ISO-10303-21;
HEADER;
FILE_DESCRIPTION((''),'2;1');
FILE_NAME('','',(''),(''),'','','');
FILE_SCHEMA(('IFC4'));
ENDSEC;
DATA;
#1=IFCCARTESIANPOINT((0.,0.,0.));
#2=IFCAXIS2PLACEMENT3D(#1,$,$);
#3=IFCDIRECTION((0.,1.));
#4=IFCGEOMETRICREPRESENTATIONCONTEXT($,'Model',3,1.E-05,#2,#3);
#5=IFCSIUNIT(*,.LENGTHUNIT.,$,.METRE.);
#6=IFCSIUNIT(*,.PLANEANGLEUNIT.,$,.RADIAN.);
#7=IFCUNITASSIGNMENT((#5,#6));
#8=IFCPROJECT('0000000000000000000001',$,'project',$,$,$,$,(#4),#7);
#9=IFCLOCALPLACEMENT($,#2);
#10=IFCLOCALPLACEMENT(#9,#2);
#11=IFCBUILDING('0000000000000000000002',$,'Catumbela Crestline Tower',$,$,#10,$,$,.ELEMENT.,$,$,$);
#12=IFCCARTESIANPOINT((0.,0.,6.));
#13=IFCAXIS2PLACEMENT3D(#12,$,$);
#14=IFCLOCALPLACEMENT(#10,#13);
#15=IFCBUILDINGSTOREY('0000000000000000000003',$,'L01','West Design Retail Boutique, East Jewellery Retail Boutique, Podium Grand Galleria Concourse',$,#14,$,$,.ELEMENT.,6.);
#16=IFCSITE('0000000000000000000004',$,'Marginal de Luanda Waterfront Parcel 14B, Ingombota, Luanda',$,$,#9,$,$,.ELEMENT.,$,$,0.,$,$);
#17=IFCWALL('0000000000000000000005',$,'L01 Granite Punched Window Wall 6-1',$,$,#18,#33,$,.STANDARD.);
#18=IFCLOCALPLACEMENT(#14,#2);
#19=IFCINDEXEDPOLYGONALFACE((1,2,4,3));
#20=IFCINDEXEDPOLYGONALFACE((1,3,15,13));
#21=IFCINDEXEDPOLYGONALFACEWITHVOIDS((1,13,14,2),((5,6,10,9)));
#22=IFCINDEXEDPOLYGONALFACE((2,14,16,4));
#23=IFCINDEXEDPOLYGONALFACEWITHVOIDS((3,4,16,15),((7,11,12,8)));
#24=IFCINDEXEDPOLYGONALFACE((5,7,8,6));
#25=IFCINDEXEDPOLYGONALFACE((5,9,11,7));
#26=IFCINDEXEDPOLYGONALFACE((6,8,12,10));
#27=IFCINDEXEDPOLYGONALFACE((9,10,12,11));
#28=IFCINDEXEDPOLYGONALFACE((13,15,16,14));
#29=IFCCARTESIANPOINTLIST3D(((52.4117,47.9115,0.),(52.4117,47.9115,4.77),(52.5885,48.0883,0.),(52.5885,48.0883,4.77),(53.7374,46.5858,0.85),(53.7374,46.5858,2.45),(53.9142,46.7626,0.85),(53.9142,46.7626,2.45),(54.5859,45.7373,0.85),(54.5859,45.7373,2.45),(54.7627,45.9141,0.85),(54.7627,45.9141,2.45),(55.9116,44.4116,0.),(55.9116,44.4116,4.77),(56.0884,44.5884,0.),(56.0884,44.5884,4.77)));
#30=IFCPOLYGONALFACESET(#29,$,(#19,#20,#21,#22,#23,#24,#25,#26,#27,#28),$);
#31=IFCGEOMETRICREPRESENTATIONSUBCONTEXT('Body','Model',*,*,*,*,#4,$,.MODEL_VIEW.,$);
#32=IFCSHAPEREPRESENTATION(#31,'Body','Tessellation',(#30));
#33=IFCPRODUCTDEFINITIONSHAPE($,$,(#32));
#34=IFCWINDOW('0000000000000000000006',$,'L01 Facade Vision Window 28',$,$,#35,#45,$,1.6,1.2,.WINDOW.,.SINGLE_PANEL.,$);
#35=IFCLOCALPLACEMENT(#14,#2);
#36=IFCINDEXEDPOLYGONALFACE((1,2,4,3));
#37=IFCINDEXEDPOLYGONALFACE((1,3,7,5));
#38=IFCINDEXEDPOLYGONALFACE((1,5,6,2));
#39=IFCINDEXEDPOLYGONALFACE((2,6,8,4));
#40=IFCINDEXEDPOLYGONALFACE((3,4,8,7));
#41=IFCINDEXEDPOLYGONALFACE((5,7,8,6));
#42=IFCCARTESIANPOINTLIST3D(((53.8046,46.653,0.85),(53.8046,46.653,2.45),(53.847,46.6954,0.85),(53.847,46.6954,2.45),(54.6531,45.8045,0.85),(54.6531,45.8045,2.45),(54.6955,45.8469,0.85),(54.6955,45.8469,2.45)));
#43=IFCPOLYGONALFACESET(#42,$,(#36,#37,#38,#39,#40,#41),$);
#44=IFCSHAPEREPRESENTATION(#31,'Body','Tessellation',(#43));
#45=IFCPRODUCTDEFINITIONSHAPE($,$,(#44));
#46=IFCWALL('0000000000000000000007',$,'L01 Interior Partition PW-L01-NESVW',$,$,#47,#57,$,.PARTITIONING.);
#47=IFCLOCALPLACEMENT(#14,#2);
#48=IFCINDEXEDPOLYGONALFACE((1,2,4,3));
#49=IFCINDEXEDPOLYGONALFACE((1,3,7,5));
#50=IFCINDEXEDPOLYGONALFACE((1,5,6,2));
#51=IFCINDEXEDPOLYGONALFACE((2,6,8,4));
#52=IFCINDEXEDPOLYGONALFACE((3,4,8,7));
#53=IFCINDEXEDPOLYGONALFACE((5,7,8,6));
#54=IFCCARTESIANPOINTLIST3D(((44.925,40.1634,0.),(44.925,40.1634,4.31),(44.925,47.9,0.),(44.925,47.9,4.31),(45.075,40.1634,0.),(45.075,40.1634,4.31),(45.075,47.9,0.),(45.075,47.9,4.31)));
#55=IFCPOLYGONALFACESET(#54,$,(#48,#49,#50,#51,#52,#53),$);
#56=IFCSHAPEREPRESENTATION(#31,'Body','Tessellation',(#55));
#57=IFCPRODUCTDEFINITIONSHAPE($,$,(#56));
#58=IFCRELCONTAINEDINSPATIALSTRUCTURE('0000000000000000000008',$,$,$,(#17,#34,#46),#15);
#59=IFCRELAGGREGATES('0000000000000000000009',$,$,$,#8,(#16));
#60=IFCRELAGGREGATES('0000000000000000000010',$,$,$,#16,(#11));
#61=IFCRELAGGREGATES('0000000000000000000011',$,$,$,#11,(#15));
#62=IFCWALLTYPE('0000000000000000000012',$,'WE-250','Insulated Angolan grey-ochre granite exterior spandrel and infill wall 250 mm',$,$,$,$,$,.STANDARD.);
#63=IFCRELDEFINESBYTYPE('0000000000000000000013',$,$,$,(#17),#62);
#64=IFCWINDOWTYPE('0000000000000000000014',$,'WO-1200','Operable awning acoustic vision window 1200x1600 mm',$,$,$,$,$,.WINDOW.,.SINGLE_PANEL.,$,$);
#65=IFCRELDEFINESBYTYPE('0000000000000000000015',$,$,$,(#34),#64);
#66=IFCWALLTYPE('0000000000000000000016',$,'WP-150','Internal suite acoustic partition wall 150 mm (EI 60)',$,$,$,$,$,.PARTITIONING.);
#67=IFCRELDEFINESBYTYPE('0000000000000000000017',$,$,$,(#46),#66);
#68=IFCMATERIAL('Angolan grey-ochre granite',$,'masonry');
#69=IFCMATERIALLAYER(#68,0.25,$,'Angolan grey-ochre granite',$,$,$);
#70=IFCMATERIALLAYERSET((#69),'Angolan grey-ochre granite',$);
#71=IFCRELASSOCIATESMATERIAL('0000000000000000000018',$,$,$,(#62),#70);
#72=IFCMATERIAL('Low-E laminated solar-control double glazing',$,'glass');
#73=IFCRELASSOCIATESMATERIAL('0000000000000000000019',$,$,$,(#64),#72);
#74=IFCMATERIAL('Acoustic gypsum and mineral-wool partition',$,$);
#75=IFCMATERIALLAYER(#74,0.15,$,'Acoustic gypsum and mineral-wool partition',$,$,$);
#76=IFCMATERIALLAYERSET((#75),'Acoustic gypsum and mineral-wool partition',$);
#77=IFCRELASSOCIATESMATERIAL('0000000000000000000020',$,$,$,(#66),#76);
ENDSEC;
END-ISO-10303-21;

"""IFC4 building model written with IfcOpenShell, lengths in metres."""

from ifc_helpers import new_model, si_unit, direction, frame, frame_2d, origin, place, context, subcontext, project, spatial, rectangle, extrude, material, layer, layer_set, type_object, element, fill, save


model = new_model("IFC4")

# Units and contexts
model_context = context("Model", 3, precision=1e-05, world=origin(), true_north=direction((0.0, 1.0)))
body_context = subcontext(model_context, "Body", "Model", "MODEL_VIEW")
ifc_project = project(units=[si_unit("LENGTHUNIT", "METRE"), si_unit("PLANEANGLEUNIT", "RADIAN")], contexts=[model_context])

# Site, building, storey
site_placement = place(None, origin())
site = spatial("IfcSite", under=ifc_project, at=site_placement, Name="Marginal de Luanda Waterfront Parcel 14B, Ingombota, Luanda", CompositionType="ELEMENT", RefElevation=0.0)
building_placement = place(site_placement, origin())
building = spatial("IfcBuilding", under=site, at=building_placement, Name="Catumbela Crestline Tower", CompositionType="ELEMENT")
storey_placement = place(building_placement, frame((0.0, 0.0, 6.0)))
storey = spatial("IfcBuildingStorey", under=building, at=storey_placement, Name="L01", Description="West Design Retail Boutique, East Jewellery Retail Boutique, Podium Grand Galleria Concourse", CompositionType="ELEMENT", Elevation=6.0)

# Shared definitions
ifc_material_1 = material(Name="Low-E laminated solar-control double glazing", Category="glass")

# Wall, opening, window
ifc_material_2 = material(Name="Angolan grey-ochre granite", Category="masonry")
ifc_layer_1 = layer(ifc_material_2, 0.25, Name="Angolan grey-ochre granite")
ifc_layer_set_1 = layer_set([ifc_layer_1], Name="Angolan grey-ochre granite")
wall_type_1 = type_object("IfcWallType", Name="WE-250", Description="Insulated Angolan grey-ochre granite exterior spandrel and infill wall 250 mm", PredefinedType="STANDARD", material=ifc_layer_set_1)
wall_1_placement = place(storey_placement, frame((56.0, 44.5, 0.0), z_axis=(0.0, 0.0, 1.0), x_axis=(-0.707107, 0.707107, 0.0)))
wall_1 = element("IfcWall", 1, at=wall_1_placement, inside=storey, type_object=wall_type_1, Name="L01 Granite Punched Window Wall 6-1", PredefinedType="STANDARD", context=body_context, shape_type="SweptSolid", body=[
    extrude(rectangle(XDim=4.9497, YDim=0.25, at=frame_2d((2.4748, 0.0))), origin(), (0.0, 0.0, 1.0), 4.77),
])
opening_placement = place(wall_1_placement, frame((1.8748, 0.0, 0.85)))
opening = element("IfcOpeningElement", 2, at=opening_placement, cuts=wall_1, PredefinedType="OPENING", context=body_context, shape_type="SweptSolid", body=[
    extrude(rectangle(XDim=1.2, YDim=1.6, at=frame_2d((0.6, 0.8))), frame((0.0, 0.135, 0.0), z_axis=(0.0, -1.0, 0.0), x_axis=(1.0, 0.0, 0.0)), (0.0, 0.0, 1.0), 0.27),
])
window_type = type_object("IfcWindowType", Name="WO-1200", Description="Operable awning acoustic vision window 1200x1600 mm", PartitioningType="SINGLE_PANEL", PredefinedType="WINDOW", material=ifc_material_1)
window_placement = place(opening_placement, origin())
window = element("IfcWindow", 3, at=window_placement, inside=storey, type_object=window_type, Name="L01 Facade Vision Window 28", OverallHeight=1.6, OverallWidth=1.2, PartitioningType="SINGLE_PANEL", PredefinedType="WINDOW", context=body_context, shape_type="SweptSolid", body=[
    extrude(rectangle(XDim=1.2, YDim=1.6, at=frame_2d((0.6, 0.8))), frame((0.0, 0.03, 0.0), z_axis=(0.0, -1.0, 0.0), x_axis=(1.0, 0.0, 0.0)), (0.0, 0.0, 1.0), 0.06),
])
fill(opening, window)

# Wall
ifc_material_3 = material(Name="Acoustic gypsum and mineral-wool partition")
ifc_layer_2 = layer(ifc_material_3, 0.15, Name="Acoustic gypsum and mineral-wool partition")
ifc_layer_set_2 = layer_set([ifc_layer_2], Name="Acoustic gypsum and mineral-wool partition")
wall_type_2 = type_object("IfcWallType", Name="WP-150", Description="Internal suite acoustic partition wall 150 mm (EI 60)", PredefinedType="PARTITIONING", material=ifc_layer_set_2)
wall_2_placement = place(storey_placement, frame((45.0, 40.1634, 0.0), z_axis=(0.0, 0.0, 1.0), x_axis=(0.0, 1.0, 0.0)))
element("IfcWall", 4, at=wall_2_placement, inside=storey, type_object=wall_type_2, Name="L01 Interior Partition PW-L01-NESVW", PredefinedType="PARTITIONING", context=body_context, shape_type="SweptSolid", body=[
    extrude(rectangle(XDim=7.7366, YDim=0.15, at=frame_2d((3.8683, 0.0))), origin(), (0.0, 0.0, 1.0), 4.31),
])

save(model, "model.ifc")
